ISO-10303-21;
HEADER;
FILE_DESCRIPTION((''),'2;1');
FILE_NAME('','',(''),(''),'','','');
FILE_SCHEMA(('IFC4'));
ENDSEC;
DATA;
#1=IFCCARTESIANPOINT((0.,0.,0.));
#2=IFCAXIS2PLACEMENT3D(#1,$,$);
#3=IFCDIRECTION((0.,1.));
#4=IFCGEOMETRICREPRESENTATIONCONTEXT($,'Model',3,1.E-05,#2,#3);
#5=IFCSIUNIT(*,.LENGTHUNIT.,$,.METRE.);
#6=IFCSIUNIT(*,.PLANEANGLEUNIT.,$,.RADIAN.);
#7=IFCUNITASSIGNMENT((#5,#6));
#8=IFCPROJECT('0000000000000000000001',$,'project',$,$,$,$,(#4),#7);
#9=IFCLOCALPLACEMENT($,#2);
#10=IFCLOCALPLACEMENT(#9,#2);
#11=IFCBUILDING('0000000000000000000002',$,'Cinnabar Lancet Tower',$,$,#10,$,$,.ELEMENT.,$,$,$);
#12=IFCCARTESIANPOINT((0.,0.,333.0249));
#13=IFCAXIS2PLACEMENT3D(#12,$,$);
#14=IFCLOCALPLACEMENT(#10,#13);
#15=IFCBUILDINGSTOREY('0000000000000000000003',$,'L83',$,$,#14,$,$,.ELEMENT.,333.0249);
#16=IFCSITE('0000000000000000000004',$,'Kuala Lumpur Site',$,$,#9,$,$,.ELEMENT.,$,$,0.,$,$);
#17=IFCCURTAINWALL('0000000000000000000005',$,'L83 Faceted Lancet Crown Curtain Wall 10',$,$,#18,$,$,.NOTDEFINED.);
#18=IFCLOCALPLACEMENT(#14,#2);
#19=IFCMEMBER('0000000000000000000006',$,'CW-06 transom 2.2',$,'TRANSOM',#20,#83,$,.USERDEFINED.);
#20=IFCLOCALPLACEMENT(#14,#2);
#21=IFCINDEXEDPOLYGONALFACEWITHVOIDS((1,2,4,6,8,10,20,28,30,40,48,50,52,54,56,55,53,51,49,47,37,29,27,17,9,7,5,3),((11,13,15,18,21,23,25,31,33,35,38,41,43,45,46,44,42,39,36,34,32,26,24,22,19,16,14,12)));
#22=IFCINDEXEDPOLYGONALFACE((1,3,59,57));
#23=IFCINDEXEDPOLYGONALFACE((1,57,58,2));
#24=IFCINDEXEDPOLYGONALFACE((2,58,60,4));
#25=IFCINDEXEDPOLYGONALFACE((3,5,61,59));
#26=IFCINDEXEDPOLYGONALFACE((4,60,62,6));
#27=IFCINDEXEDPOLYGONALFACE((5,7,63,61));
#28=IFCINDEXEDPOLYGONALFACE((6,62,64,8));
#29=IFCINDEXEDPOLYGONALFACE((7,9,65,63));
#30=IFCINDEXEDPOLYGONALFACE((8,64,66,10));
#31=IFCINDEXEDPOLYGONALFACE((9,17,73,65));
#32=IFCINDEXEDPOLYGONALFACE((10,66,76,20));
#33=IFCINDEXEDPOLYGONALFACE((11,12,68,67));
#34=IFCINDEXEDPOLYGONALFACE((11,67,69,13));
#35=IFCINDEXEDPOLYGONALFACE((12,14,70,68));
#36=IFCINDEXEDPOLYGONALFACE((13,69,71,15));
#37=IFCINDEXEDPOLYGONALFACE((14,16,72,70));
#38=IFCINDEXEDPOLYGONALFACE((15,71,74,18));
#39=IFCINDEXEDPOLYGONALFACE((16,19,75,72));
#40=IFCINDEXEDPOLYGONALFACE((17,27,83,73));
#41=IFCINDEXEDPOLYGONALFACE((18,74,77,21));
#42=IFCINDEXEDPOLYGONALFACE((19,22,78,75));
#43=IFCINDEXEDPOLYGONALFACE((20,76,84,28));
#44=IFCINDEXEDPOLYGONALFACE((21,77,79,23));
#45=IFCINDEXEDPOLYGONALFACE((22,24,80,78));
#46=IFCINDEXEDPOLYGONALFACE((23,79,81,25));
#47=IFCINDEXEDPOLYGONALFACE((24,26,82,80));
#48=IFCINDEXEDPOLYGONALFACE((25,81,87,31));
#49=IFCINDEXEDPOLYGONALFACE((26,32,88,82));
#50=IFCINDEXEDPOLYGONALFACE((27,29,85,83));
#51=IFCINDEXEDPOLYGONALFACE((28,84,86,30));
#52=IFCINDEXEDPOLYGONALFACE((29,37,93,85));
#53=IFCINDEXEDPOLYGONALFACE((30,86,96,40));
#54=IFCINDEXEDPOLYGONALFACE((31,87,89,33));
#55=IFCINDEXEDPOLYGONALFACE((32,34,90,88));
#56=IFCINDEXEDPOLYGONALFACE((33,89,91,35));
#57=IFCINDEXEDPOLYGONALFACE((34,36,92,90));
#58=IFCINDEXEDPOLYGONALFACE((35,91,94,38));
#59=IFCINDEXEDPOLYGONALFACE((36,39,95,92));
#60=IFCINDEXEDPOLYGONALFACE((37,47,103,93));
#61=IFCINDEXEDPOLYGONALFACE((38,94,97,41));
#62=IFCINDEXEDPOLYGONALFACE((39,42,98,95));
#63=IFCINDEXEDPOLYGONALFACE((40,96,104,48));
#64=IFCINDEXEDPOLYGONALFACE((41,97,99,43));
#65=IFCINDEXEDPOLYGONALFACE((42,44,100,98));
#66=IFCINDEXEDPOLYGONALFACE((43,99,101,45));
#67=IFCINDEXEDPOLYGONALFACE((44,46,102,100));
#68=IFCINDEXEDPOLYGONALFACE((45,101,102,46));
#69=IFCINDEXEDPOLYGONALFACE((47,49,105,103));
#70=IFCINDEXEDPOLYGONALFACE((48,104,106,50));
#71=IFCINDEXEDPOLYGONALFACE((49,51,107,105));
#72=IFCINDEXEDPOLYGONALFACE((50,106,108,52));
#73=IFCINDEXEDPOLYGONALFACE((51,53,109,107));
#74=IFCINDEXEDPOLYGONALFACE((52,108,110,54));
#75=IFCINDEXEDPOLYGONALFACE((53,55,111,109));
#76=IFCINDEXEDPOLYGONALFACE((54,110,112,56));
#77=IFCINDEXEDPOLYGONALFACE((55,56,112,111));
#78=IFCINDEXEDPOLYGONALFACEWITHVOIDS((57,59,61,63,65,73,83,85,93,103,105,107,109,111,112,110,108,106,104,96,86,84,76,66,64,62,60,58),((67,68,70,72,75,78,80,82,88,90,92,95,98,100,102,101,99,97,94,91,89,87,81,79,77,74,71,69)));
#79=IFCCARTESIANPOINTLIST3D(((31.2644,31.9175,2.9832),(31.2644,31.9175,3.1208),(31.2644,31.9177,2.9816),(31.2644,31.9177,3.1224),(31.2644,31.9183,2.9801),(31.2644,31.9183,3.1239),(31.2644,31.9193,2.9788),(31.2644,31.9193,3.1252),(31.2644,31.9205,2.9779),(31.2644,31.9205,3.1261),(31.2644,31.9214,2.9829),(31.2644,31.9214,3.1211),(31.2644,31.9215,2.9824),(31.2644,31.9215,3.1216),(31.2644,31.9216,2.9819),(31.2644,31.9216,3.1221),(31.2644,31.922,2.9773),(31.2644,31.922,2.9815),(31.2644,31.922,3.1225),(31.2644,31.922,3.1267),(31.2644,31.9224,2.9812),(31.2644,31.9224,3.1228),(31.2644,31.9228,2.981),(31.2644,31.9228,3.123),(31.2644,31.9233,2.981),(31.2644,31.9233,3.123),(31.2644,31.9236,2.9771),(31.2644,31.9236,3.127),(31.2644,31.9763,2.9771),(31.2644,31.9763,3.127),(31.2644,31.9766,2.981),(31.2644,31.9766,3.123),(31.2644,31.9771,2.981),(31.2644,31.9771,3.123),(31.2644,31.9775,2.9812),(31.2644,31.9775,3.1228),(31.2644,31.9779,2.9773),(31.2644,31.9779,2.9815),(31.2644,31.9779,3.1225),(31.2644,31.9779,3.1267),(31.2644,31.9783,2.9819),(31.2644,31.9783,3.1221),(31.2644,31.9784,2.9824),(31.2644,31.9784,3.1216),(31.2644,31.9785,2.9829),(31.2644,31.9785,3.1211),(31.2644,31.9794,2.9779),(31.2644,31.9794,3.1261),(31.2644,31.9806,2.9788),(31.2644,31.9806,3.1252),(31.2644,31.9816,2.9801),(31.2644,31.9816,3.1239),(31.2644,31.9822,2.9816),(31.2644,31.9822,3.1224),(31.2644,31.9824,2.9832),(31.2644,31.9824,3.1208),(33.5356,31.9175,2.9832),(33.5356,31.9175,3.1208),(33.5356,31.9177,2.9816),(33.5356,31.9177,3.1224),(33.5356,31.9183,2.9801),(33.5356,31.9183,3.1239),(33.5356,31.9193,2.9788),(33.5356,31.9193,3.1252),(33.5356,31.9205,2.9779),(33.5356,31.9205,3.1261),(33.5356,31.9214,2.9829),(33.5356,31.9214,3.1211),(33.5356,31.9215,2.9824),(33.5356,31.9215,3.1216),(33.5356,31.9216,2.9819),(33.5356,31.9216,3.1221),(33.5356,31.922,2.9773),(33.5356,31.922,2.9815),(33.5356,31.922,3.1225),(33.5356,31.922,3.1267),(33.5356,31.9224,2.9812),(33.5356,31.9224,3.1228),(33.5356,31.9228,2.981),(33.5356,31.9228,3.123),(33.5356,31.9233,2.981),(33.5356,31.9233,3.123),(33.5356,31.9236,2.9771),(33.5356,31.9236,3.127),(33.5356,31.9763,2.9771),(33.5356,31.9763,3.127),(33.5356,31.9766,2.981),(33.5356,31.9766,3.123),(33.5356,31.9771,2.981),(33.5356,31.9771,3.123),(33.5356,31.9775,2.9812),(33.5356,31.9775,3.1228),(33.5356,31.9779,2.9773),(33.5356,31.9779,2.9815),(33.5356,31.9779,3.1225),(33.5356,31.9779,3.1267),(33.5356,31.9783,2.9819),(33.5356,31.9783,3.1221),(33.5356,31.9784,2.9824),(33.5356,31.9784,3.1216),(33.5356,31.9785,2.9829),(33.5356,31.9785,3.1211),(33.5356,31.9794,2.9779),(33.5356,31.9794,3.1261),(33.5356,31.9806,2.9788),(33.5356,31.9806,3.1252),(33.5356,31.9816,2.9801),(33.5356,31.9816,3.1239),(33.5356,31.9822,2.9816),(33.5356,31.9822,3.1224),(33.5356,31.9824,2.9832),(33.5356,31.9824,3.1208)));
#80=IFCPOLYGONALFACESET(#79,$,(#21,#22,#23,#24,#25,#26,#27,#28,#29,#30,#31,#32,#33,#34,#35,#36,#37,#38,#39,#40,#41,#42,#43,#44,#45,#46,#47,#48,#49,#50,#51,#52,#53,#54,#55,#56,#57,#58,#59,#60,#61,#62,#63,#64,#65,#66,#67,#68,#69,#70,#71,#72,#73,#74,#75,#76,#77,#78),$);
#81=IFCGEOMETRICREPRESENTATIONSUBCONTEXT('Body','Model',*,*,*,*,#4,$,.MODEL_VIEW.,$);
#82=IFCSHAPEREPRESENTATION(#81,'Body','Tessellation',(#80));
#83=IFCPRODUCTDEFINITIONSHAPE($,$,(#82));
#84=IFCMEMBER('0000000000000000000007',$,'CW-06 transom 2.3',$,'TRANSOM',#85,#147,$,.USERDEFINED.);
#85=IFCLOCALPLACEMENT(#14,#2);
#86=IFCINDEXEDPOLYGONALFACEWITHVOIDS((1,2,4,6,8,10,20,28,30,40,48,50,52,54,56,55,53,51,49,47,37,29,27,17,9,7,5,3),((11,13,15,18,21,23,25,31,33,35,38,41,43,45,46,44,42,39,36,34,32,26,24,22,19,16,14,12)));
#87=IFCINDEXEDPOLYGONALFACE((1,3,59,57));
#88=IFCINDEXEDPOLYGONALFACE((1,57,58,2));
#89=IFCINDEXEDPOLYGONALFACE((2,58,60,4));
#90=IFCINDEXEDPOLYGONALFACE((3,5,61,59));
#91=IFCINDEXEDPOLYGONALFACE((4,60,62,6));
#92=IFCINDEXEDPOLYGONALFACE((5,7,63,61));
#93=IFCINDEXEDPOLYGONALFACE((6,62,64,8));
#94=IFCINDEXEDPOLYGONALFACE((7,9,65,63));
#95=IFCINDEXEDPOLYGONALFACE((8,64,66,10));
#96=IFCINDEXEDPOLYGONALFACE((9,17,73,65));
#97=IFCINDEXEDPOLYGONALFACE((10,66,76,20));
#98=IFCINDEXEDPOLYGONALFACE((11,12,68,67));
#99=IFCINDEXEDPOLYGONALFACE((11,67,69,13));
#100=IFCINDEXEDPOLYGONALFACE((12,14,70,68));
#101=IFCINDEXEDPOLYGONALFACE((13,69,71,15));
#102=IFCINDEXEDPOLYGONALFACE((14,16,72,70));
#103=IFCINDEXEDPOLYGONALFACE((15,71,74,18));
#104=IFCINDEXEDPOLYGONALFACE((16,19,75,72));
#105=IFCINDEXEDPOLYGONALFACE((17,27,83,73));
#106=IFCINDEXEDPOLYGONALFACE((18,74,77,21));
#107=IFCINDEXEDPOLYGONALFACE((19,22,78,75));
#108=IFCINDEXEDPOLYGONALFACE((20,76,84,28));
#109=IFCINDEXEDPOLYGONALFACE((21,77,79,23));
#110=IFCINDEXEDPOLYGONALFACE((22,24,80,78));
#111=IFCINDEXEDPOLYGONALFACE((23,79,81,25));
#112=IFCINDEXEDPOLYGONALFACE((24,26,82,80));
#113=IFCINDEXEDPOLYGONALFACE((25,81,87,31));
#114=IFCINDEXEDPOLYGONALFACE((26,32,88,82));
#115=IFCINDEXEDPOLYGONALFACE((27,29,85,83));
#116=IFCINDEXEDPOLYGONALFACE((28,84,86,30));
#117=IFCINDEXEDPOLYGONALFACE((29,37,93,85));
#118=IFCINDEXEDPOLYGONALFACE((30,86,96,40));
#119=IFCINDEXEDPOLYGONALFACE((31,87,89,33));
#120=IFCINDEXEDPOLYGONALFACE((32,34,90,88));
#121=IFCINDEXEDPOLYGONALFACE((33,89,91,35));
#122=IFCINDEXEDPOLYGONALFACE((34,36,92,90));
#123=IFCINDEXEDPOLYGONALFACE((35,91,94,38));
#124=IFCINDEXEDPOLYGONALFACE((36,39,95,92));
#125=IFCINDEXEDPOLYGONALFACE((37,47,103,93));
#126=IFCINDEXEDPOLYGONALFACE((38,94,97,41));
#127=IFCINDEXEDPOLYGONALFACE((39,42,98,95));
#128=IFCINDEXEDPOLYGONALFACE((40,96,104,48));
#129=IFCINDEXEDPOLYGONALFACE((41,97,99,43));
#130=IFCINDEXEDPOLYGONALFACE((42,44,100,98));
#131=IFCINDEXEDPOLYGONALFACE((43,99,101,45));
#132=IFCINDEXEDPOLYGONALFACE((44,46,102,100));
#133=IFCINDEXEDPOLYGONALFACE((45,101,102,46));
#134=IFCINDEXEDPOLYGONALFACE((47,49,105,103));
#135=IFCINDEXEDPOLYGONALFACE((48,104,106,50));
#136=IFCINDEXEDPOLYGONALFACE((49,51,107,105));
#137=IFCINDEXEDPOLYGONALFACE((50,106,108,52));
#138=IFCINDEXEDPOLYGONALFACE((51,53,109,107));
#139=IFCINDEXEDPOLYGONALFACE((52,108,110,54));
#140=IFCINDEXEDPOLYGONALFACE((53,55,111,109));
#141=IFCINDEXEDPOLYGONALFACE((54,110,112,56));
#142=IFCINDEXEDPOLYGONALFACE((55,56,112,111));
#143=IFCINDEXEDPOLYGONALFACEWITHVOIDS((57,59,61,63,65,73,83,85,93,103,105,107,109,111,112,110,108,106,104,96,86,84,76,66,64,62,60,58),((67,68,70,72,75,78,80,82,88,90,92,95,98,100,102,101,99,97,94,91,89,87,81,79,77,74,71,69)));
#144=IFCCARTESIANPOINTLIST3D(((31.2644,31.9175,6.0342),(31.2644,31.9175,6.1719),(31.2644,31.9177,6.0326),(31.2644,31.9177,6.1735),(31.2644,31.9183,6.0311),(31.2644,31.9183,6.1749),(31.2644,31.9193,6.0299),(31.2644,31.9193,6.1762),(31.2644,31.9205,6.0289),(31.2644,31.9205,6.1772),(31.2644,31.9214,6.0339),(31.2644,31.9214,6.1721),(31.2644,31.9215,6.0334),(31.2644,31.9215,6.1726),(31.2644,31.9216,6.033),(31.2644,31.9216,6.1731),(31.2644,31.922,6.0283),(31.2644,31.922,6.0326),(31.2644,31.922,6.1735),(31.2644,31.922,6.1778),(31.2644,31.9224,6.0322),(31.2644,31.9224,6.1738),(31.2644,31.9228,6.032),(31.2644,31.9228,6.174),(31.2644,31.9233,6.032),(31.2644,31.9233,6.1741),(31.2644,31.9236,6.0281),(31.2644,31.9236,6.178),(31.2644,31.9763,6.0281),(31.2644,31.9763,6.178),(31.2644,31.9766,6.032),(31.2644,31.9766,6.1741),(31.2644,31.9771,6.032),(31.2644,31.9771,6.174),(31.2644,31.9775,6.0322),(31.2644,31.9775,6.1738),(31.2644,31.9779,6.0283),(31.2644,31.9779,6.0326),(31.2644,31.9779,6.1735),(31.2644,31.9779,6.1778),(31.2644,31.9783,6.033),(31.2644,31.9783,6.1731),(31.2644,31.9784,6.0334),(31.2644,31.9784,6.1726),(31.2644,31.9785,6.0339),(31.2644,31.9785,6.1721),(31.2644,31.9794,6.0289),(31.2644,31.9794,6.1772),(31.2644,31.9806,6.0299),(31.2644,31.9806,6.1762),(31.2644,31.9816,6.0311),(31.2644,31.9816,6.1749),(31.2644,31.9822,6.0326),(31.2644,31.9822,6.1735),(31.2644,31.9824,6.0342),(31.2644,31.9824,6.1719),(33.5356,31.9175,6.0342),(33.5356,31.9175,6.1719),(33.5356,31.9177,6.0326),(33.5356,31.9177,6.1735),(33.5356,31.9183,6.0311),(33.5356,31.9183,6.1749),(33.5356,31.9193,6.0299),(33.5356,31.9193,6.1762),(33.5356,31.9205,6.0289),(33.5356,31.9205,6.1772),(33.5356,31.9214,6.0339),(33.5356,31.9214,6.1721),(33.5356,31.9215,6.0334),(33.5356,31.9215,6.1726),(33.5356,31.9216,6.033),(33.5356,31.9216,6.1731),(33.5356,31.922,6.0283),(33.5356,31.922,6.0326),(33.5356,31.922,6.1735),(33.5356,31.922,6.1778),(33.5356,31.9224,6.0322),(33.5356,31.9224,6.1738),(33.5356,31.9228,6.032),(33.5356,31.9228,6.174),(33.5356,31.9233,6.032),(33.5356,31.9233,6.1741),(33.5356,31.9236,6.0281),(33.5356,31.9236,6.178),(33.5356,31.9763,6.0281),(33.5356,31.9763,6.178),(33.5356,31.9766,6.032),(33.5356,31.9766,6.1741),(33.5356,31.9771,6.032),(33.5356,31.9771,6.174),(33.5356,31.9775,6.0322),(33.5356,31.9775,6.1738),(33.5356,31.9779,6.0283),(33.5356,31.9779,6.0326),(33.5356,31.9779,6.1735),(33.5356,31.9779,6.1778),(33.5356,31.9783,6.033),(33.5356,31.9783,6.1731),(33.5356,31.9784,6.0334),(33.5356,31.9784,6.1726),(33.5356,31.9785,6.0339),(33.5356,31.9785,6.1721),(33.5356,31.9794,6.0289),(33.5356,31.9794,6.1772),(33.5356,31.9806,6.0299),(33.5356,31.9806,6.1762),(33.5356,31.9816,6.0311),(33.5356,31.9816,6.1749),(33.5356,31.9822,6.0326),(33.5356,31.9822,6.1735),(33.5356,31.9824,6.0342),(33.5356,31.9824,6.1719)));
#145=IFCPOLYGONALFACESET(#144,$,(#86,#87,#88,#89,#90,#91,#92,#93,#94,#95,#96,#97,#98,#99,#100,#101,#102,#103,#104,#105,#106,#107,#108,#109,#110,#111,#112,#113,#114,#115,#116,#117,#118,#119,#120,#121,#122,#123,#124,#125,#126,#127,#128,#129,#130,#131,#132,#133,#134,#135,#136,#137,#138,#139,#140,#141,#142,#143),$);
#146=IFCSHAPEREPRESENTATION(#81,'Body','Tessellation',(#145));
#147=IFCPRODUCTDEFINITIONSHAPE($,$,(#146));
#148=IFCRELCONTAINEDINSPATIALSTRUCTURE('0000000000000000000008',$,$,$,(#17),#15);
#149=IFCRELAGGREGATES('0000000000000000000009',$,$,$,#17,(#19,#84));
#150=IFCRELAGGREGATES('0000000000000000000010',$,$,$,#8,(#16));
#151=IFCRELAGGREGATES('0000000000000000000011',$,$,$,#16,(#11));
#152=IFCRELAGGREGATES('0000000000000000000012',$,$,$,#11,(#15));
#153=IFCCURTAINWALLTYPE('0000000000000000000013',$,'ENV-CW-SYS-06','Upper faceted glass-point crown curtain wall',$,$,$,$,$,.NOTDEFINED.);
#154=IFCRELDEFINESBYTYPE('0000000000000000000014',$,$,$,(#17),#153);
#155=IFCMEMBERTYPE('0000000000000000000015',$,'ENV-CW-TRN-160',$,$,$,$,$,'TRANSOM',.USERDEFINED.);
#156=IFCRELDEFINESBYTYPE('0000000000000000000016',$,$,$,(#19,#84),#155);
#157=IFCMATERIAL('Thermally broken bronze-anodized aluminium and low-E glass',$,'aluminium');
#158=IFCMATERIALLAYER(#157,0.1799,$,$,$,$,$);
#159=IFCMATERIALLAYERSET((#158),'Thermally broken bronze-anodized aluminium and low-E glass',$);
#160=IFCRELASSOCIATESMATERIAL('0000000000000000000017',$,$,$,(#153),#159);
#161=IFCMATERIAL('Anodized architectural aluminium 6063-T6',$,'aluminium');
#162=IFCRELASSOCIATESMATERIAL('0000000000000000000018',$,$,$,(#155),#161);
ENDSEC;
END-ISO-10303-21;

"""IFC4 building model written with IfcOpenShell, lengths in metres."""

from ifc_helpers import new_model, si_unit, direction, frame, origin, origin_2d, place, context, subcontext, project, spatial, hollow_rectangle, extrude, material, layer, layer_set, material_profile, profile_set, type_object, element, aggregate, save


model = new_model("IFC4")

# Units and contexts
model_context = context("Model", 3, precision=1e-05, world=origin(), true_north=direction((0.0, 1.0)))
body_context = subcontext(model_context, "Body", "Model", "MODEL_VIEW")
ifc_project = project(units=[si_unit("LENGTHUNIT", "METRE"), si_unit("PLANEANGLEUNIT", "RADIAN")], contexts=[model_context])

# Site, building, storey
site_placement = place(None, origin())
site = spatial("IfcSite", under=ifc_project, at=site_placement, Name="Kuala Lumpur Site", CompositionType="ELEMENT", RefElevation=0.0)
building_placement = place(site_placement, origin())
building = spatial("IfcBuilding", under=site, at=building_placement, Name="Cinnabar Lancet Tower", CompositionType="ELEMENT")
storey_placement = place(building_placement, frame((0.0, 0.0, 333.0249)))
storey = spatial("IfcBuildingStorey", under=building, at=storey_placement, Name="L83", CompositionType="ELEMENT", Elevation=333.0249)

# Curtain wall
ifc_material_1 = material(Name="Thermally broken bronze-anodized aluminium and low-E glass", Category="aluminium")
ifc_layer_1 = layer(ifc_material_1, 0.1799)
ifc_layer_set_1 = layer_set([ifc_layer_1], Name="Thermally broken bronze-anodized aluminium and low-E glass")
curtain_wall_type = type_object("IfcCurtainWallType", Name="ENV-CW-SYS-06", Description="Upper faceted glass-point crown curtain wall", PredefinedType="NOTDEFINED", material=ifc_layer_set_1)
curtain_wall_1_placement = place(storey_placement, origin())
curtain_wall_1 = element("IfcCurtainWall", 1, at=curtain_wall_1_placement, inside=storey, type_object=curtain_wall_type, Name="L83 Faceted Lancet Crown Curtain Wall 10", PredefinedType="NOTDEFINED")

# Members
ifc_material_2 = material(Name="Anodized architectural aluminium 6063-T6", Category="aluminium")
ifc_material_profile_1 = material_profile(ifc_material_2, hollow_rectangle(XDim=0.0649, YDim=0.1499, WallThickness=0.0039, InnerFilletRadius=0.002, OuterFilletRadius=0.0061, at=origin_2d()), Name="CW-TRN 150x65x4")
ifc_profile_set_1 = profile_set([ifc_material_profile_1], Name="Anodized architectural aluminium 6063-T6")
member_type_1 = type_object("IfcMemberType", Name="ENV-CW-TRN-160", ElementType="TRANSOM", PredefinedType="USERDEFINED", material=ifc_profile_set_1)
member_1_placement = place(storey_placement, frame((33.5356, 31.95, 3.052), z_axis=(-1.0, 0.0, 0.0), x_axis=(0.0, -1.0, 0.0)))
member_1 = element("IfcMember", 2, at=member_1_placement, type_object=member_type_1, Name="CW-06 transom 2.2", ObjectType="TRANSOM", PredefinedType="USERDEFINED", context=body_context, shape_type="SweptSolid", body=[
    extrude(hollow_rectangle(XDim=0.0649, YDim=0.1499, WallThickness=0.0039, InnerFilletRadius=0.002, OuterFilletRadius=0.0061, at=origin_2d()), origin(), (0.0, 0.0, 1.0), 2.2712),
])
member_2_placement = place(storey_placement, frame((33.5356, 31.95, 6.103), z_axis=(-1.0, 0.0, 0.0), x_axis=(0.0, -1.0, 0.0)))
member_2 = element("IfcMember", 3, at=member_2_placement, type_object=member_type_1, Name="CW-06 transom 2.3", ObjectType="TRANSOM", PredefinedType="USERDEFINED", context=body_context, shape_type="SweptSolid", body=[
    extrude(hollow_rectangle(XDim=0.0649, YDim=0.1499, WallThickness=0.0039, InnerFilletRadius=0.002, OuterFilletRadius=0.0061, at=origin_2d()), origin(), (0.0, 0.0, 1.0), 2.2712),
])

aggregate(curtain_wall_1, [member_1, member_2])

save(model, "model.ifc")
